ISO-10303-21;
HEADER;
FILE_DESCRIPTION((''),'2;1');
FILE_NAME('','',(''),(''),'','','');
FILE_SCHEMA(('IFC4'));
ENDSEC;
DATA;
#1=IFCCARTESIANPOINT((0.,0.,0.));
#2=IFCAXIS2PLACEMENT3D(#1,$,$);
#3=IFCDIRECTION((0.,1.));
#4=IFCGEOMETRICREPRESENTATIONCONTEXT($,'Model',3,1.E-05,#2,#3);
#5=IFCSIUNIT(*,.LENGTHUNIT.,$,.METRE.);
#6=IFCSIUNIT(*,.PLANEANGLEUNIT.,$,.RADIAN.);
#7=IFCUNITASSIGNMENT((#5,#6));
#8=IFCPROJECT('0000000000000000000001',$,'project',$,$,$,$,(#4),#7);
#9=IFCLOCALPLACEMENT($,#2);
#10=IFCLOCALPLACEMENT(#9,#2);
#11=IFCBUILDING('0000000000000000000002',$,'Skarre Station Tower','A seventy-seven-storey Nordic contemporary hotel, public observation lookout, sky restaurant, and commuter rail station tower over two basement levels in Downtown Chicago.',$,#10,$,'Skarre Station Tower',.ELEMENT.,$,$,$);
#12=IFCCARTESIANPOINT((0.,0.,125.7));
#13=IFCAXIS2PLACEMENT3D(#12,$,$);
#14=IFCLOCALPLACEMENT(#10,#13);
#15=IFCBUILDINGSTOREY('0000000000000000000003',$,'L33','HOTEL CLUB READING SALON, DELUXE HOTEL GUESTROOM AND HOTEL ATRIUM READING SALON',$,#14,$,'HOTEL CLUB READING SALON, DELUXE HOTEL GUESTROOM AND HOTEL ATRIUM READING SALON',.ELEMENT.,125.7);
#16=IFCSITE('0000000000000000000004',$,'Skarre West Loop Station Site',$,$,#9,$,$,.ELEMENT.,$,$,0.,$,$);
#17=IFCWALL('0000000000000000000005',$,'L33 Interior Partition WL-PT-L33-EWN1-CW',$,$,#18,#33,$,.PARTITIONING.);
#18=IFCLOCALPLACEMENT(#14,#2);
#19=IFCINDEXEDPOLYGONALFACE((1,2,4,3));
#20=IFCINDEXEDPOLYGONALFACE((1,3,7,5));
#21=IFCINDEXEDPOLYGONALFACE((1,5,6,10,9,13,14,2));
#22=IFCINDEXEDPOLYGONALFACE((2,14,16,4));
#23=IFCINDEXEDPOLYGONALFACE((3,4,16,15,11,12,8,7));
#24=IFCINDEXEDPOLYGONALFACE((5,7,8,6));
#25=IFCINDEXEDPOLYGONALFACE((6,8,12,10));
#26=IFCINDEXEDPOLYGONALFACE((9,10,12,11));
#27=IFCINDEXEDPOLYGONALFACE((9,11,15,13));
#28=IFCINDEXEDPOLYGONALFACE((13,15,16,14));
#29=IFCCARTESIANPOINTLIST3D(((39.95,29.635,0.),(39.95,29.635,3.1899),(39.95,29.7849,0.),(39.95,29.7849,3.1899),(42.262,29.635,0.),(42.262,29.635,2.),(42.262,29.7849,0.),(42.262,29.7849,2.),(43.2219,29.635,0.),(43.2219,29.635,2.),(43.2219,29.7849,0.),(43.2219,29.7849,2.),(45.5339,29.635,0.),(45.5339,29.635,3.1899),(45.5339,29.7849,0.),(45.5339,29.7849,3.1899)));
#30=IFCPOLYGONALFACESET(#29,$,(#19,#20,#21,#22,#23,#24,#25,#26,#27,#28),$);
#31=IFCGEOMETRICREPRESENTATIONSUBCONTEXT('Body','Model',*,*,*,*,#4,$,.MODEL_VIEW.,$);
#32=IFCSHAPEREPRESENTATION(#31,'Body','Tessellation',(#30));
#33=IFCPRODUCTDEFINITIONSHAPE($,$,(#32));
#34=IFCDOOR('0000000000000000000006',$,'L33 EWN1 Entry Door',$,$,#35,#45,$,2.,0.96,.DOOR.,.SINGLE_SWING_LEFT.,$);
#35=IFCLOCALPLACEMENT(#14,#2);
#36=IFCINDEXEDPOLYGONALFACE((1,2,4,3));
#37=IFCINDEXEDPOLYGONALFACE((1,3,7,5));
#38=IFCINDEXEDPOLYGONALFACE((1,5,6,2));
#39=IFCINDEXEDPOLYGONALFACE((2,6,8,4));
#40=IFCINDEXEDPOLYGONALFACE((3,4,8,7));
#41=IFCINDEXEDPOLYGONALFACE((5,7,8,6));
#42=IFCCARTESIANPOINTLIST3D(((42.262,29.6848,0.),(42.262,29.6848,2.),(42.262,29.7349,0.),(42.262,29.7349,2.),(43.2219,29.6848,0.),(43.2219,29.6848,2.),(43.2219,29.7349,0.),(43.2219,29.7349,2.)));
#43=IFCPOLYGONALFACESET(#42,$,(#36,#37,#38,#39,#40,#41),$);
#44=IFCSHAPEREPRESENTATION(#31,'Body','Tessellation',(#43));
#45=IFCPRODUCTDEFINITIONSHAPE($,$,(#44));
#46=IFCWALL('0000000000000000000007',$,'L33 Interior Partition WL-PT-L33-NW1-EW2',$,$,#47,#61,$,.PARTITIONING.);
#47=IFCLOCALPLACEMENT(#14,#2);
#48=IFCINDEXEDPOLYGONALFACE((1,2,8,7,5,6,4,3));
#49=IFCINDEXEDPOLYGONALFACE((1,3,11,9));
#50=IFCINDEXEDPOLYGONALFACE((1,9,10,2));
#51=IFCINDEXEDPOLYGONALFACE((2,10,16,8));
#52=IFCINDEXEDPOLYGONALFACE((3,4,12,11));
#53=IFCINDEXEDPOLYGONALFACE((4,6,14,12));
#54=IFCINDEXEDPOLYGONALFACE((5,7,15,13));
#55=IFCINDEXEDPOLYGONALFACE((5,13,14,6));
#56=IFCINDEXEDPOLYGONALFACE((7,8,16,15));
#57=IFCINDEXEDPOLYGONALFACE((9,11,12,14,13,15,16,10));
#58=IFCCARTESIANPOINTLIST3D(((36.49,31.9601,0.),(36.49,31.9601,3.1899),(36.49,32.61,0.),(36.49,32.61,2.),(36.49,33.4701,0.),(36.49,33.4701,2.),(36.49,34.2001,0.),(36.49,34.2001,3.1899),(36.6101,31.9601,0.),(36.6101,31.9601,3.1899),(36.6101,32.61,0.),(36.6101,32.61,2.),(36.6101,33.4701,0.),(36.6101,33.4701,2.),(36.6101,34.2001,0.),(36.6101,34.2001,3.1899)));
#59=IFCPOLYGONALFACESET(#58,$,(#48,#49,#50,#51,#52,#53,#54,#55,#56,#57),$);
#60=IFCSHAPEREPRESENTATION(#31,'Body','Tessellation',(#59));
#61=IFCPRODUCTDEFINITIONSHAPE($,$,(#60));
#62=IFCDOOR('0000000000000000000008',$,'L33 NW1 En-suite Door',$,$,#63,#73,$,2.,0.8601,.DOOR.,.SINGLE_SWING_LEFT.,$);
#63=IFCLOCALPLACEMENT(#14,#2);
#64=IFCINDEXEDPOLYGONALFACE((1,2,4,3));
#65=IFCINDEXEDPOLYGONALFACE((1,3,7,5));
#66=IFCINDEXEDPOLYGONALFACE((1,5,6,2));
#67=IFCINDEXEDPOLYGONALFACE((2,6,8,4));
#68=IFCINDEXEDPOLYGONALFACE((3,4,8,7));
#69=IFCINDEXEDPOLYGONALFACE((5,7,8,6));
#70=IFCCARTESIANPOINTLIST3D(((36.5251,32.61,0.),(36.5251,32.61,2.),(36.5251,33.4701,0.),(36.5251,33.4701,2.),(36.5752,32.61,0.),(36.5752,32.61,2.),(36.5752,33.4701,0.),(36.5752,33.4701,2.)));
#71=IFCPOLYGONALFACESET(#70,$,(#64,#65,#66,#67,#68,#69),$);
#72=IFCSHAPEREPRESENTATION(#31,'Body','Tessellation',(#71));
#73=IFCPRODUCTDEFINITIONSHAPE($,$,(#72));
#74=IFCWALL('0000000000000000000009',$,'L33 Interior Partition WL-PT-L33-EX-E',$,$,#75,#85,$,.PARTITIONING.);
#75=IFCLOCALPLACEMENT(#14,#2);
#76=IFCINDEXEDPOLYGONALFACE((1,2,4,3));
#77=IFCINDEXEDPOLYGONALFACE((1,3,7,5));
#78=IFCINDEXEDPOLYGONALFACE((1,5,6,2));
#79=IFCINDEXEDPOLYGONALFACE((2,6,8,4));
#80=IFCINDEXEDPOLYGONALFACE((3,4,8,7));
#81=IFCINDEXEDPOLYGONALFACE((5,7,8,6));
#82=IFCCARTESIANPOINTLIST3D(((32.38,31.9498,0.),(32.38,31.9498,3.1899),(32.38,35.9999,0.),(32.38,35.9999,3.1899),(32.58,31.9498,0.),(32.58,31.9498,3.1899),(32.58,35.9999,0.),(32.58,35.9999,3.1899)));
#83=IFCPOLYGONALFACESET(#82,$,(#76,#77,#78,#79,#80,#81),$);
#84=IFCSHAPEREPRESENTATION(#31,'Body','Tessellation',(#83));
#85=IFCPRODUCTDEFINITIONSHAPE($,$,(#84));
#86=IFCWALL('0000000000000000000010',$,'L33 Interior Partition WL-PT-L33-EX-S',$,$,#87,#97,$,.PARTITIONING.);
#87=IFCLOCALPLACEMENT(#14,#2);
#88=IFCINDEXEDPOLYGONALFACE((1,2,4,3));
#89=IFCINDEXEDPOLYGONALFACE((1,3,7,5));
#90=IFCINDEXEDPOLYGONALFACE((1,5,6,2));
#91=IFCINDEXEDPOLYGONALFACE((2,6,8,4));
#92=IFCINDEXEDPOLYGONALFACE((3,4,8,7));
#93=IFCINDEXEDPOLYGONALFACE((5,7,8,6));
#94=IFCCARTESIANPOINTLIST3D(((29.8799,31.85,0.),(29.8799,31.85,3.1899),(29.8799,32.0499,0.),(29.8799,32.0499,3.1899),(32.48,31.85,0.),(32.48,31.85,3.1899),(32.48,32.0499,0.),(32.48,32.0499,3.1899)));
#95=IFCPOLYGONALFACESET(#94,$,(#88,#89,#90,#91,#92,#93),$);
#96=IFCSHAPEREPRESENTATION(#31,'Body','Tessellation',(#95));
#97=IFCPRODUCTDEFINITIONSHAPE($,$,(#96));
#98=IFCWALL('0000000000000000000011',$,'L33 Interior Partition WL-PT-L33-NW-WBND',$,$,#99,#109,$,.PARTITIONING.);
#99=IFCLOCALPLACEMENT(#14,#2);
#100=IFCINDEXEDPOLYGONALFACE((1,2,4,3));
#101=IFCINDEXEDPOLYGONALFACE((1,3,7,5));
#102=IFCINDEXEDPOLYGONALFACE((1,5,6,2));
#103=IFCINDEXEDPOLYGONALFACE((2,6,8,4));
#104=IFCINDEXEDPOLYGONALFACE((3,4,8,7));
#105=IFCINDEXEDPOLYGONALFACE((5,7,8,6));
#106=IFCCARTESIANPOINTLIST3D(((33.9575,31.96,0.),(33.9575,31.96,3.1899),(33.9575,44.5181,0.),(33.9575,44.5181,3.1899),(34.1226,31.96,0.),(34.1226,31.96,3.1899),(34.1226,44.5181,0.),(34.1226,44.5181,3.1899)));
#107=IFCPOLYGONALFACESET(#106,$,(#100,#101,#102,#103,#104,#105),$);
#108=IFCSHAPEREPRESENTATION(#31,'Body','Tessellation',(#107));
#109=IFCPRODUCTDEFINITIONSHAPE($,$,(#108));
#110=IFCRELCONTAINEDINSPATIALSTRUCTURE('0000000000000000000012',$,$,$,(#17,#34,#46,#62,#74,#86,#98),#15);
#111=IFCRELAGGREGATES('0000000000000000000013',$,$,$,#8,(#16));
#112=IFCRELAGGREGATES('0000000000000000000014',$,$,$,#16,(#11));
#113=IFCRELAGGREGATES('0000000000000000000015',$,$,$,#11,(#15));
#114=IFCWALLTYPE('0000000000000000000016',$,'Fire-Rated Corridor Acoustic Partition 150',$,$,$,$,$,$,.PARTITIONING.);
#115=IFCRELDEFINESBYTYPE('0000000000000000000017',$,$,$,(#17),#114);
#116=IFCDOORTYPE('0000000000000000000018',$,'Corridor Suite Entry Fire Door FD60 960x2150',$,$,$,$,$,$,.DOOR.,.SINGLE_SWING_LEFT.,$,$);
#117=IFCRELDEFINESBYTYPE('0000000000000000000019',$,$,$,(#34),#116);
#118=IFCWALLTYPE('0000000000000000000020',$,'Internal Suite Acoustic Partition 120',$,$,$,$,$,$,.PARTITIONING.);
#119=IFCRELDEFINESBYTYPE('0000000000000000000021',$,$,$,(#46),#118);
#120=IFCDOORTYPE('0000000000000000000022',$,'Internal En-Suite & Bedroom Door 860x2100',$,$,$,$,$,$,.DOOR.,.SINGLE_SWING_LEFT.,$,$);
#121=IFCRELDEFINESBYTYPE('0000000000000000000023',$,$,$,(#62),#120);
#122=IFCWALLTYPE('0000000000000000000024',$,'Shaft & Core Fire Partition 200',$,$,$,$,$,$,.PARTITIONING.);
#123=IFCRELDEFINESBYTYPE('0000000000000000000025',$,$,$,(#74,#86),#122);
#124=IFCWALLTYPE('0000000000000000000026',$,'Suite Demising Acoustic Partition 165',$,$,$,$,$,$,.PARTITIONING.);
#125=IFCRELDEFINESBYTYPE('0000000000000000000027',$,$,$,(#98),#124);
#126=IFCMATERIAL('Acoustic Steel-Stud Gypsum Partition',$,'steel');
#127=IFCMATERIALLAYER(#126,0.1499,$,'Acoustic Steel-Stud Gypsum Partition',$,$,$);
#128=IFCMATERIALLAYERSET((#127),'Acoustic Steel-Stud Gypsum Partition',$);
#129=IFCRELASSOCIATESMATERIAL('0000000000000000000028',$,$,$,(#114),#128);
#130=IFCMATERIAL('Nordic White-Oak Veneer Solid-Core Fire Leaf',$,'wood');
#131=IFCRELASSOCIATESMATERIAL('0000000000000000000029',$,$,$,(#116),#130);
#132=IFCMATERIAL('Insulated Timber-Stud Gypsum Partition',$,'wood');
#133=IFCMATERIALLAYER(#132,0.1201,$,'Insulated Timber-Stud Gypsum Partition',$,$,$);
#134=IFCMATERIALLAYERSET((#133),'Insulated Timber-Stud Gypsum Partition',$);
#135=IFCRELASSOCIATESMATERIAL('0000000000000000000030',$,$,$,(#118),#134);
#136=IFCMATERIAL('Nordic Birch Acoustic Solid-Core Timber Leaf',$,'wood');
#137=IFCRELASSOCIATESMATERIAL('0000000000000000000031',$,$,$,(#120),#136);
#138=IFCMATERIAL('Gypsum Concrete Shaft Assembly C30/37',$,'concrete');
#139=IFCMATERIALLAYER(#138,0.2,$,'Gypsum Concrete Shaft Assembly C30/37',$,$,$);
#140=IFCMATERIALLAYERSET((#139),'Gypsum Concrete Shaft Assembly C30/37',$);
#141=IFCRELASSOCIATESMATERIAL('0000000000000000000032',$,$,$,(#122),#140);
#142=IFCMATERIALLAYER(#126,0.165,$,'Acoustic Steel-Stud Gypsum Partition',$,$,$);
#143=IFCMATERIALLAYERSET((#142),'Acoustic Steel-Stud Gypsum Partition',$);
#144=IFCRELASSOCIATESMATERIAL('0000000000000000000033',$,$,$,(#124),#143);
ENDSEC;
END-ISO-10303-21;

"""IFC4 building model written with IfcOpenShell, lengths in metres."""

from ifc_helpers import new_model, si_unit, direction, frame, frame_2d, origin, place, context, subcontext, project, spatial, rectangle, extrude, material, layer, layer_set, type_object, element, fill, save


model = new_model("IFC4")

# Units and contexts
model_context = context("Model", 3, precision=1e-05, world=origin(), true_north=direction((0.0, 1.0)))
body_context = subcontext(model_context, "Body", "Model", "MODEL_VIEW")
ifc_project = project(units=[si_unit("LENGTHUNIT", "METRE"), si_unit("PLANEANGLEUNIT", "RADIAN")], contexts=[model_context])

# Site, building, storey
site_placement = place(None, origin())
site = spatial("IfcSite", under=ifc_project, at=site_placement, Name="Skarre West Loop Station Site", CompositionType="ELEMENT", RefElevation=0.0)
building_placement = place(site_placement, origin())
building = spatial("IfcBuilding", under=site, at=building_placement, Name="Skarre Station Tower", Description="A seventy-seven-storey Nordic contemporary hotel, public observation lookout, sky restaurant, and commuter rail station tower over two basement levels in Downtown Chicago.", LongName="Skarre Station Tower", CompositionType="ELEMENT")
storey_placement = place(building_placement, frame((0.0, 0.0, 125.7)))
storey = spatial("IfcBuildingStorey", under=building, at=storey_placement, Name="L33", Description="HOTEL CLUB READING SALON, DELUXE HOTEL GUESTROOM AND HOTEL ATRIUM READING SALON", LongName="HOTEL CLUB READING SALON, DELUXE HOTEL GUESTROOM AND HOTEL ATRIUM READING SALON", CompositionType="ELEMENT", Elevation=125.7)

# Shared definitions
ifc_material_1 = material(Name="Acoustic Steel-Stud Gypsum Partition", Category="steel")
ifc_layer_1 = layer(ifc_material_1, 0.1499, Name="Acoustic Steel-Stud Gypsum Partition")
ifc_layer_set_1 = layer_set([ifc_layer_1], Name="Acoustic Steel-Stud Gypsum Partition")
wall_type_1 = type_object("IfcWallType", Name="Fire-Rated Corridor Acoustic Partition 150", PredefinedType="PARTITIONING", material=ifc_layer_set_1)

# Walls, openings, doors
wall_1_placement = place(storey_placement, frame((39.95, 29.71, 0.0), z_axis=(0.0, 0.0, 1.0), x_axis=(1.0, 0.0, 0.0)))
wall_1 = element("IfcWall", 1, at=wall_1_placement, inside=storey, type_object=wall_type_1, Name="L33 Interior Partition WL-PT-L33-EWN1-CW", PredefinedType="PARTITIONING", context=body_context, shape_type="SweptSolid", body=[
    extrude(rectangle(XDim=5.584, YDim=0.1499, at=frame_2d((2.792, 0.0))), origin(), (0.0, 0.0, 1.0), 3.1899),
])
opening_1_placement = place(wall_1_placement, frame((2.312, 0.0, 0.0)))
opening_1 = element("IfcOpeningElement", 2, at=opening_1_placement, cuts=wall_1, PredefinedType="OPENING", context=body_context, shape_type="SweptSolid", body=[
    extrude(rectangle(XDim=0.96, YDim=2.0, at=frame_2d((0.48, 1.0))), frame((0.0, 0.085, 0.0), z_axis=(0.0, -1.0, 0.0), x_axis=(1.0, 0.0, 0.0)), (0.0, 0.0, 1.0), 0.1699),
])
ifc_material_2 = material(Name="Nordic White-Oak Veneer Solid-Core Fire Leaf", Category="wood")
door_type_1 = type_object("IfcDoorType", Name="Corridor Suite Entry Fire Door FD60 960x2150", OperationType="SINGLE_SWING_LEFT", PredefinedType="DOOR", material=ifc_material_2)
door_1_placement = place(opening_1_placement, origin())
door_1 = element("IfcDoor", 3, at=door_1_placement, inside=storey, type_object=door_type_1, Name="L33 EWN1 Entry Door", OperationType="SINGLE_SWING_LEFT", OverallHeight=2.0, OverallWidth=0.96, PredefinedType="DOOR", context=body_context, shape_type="SweptSolid", body=[
    extrude(rectangle(XDim=0.96, YDim=2.0, at=frame_2d((0.48, 1.0))), frame((0.0, 0.0249, 0.0), z_axis=(0.0, -1.0, 0.0), x_axis=(1.0, 0.0, 0.0)), (0.0, 0.0, 1.0), 0.05),
])
fill(opening_1, door_1)
ifc_material_3 = material(Name="Insulated Timber-Stud Gypsum Partition", Category="wood")
ifc_layer_2 = layer(ifc_material_3, 0.1201, Name="Insulated Timber-Stud Gypsum Partition")
ifc_layer_set_2 = layer_set([ifc_layer_2], Name="Insulated Timber-Stud Gypsum Partition")
wall_type_2 = type_object("IfcWallType", Name="Internal Suite Acoustic Partition 120", PredefinedType="PARTITIONING", material=ifc_layer_set_2)
wall_2_placement = place(storey_placement, frame((36.55, 31.96, 0.0), z_axis=(0.0, 0.0, 1.0), x_axis=(0.0, 1.0, 0.0)))
wall_2 = element("IfcWall", 4, at=wall_2_placement, inside=storey, type_object=wall_type_2, Name="L33 Interior Partition WL-PT-L33-NW1-EW2", PredefinedType="PARTITIONING", context=body_context, shape_type="SweptSolid", body=[
    extrude(rectangle(XDim=2.24, YDim=0.1201, at=frame_2d((1.1201, 0.0))), origin(), (0.0, 0.0, 1.0), 3.1899),
])
opening_2_placement = place(wall_2_placement, frame((0.6499, 0.0, 0.0)))
opening_2 = element("IfcOpeningElement", 5, at=opening_2_placement, cuts=wall_2, PredefinedType="OPENING", context=body_context, shape_type="SweptSolid", body=[
    extrude(rectangle(XDim=0.8601, YDim=2.0, at=frame_2d((0.4302, 1.0))), frame((0.0, 0.0701, 0.0), z_axis=(0.0, -1.0, 0.0), x_axis=(1.0, 0.0, 0.0)), (0.0, 0.0, 1.0), 0.1401),
])
ifc_material_4 = material(Name="Nordic Birch Acoustic Solid-Core Timber Leaf", Category="wood")
door_type_2 = type_object("IfcDoorType", Name="Internal En-Suite & Bedroom Door 860x2100", OperationType="SINGLE_SWING_LEFT", PredefinedType="DOOR", material=ifc_material_4)
door_2_placement = place(opening_2_placement, origin())
door_2 = element("IfcDoor", 6, at=door_2_placement, inside=storey, type_object=door_type_2, Name="L33 NW1 En-suite Door", OperationType="SINGLE_SWING_LEFT", OverallHeight=2.0, OverallWidth=0.8601, PredefinedType="DOOR", context=body_context, shape_type="SweptSolid", body=[
    extrude(rectangle(XDim=0.8601, YDim=2.0, at=frame_2d((0.4302, 1.0))), frame((0.0, 0.0249, 0.0), z_axis=(0.0, -1.0, 0.0), x_axis=(1.0, 0.0, 0.0)), (0.0, 0.0, 1.0), 0.05),
])
fill(opening_2, door_2)

# Walls
ifc_material_5 = material(Name="Gypsum Concrete Shaft Assembly C30/37", Category="concrete")
ifc_layer_3 = layer(ifc_material_5, 0.2, Name="Gypsum Concrete Shaft Assembly C30/37")
ifc_layer_set_3 = layer_set([ifc_layer_3], Name="Gypsum Concrete Shaft Assembly C30/37")
wall_type_3 = type_object("IfcWallType", Name="Shaft & Core Fire Partition 200", PredefinedType="PARTITIONING", material=ifc_layer_set_3)
wall_3_placement = place(storey_placement, frame((32.48, 31.95, 0.0), z_axis=(0.0, 0.0, 1.0), x_axis=(0.0, 1.0, 0.0)))
element("IfcWall", 7, at=wall_3_placement, inside=storey, type_object=wall_type_3, Name="L33 Interior Partition WL-PT-L33-EX-E", PredefinedType="PARTITIONING", context=body_context, shape_type="SweptSolid", body=[
    extrude(rectangle(XDim=4.05, YDim=0.2, at=frame_2d((2.0249, 0.0))), origin(), (0.0, 0.0, 1.0), 3.1899),
])
wall_4_placement = place(storey_placement, frame((32.48, 31.95, 0.0), z_axis=(0.0, 0.0, 1.0), x_axis=(-1.0, 0.0, 0.0)))
element("IfcWall", 8, at=wall_4_placement, inside=storey, type_object=wall_type_3, Name="L33 Interior Partition WL-PT-L33-EX-S", PredefinedType="PARTITIONING", context=body_context, shape_type="SweptSolid", body=[
    extrude(rectangle(XDim=2.6001, YDim=0.2, at=frame_2d((1.3, 0.0))), origin(), (0.0, 0.0, 1.0), 3.1899),
])
ifc_layer_4 = layer(ifc_material_1, 0.165, Name="Acoustic Steel-Stud Gypsum Partition")
ifc_layer_set_4 = layer_set([ifc_layer_4], Name="Acoustic Steel-Stud Gypsum Partition")
wall_type_4 = type_object("IfcWallType", Name="Suite Demising Acoustic Partition 165", PredefinedType="PARTITIONING", material=ifc_layer_set_4)
wall_5_placement = place(storey_placement, frame((34.04, 31.96, 0.0), z_axis=(0.0, 0.0, 1.0), x_axis=(0.0, 1.0, 0.0)))
element("IfcWall", 9, at=wall_5_placement, inside=storey, type_object=wall_type_4, Name="L33 Interior Partition WL-PT-L33-NW-WBND", PredefinedType="PARTITIONING", context=body_context, shape_type="SweptSolid", body=[
    extrude(rectangle(XDim=12.5581, YDim=0.165, at=frame_2d((6.2791, 0.0))), origin(), (0.0, 0.0, 1.0), 3.1899),
])

save(model, "model.ifc")
